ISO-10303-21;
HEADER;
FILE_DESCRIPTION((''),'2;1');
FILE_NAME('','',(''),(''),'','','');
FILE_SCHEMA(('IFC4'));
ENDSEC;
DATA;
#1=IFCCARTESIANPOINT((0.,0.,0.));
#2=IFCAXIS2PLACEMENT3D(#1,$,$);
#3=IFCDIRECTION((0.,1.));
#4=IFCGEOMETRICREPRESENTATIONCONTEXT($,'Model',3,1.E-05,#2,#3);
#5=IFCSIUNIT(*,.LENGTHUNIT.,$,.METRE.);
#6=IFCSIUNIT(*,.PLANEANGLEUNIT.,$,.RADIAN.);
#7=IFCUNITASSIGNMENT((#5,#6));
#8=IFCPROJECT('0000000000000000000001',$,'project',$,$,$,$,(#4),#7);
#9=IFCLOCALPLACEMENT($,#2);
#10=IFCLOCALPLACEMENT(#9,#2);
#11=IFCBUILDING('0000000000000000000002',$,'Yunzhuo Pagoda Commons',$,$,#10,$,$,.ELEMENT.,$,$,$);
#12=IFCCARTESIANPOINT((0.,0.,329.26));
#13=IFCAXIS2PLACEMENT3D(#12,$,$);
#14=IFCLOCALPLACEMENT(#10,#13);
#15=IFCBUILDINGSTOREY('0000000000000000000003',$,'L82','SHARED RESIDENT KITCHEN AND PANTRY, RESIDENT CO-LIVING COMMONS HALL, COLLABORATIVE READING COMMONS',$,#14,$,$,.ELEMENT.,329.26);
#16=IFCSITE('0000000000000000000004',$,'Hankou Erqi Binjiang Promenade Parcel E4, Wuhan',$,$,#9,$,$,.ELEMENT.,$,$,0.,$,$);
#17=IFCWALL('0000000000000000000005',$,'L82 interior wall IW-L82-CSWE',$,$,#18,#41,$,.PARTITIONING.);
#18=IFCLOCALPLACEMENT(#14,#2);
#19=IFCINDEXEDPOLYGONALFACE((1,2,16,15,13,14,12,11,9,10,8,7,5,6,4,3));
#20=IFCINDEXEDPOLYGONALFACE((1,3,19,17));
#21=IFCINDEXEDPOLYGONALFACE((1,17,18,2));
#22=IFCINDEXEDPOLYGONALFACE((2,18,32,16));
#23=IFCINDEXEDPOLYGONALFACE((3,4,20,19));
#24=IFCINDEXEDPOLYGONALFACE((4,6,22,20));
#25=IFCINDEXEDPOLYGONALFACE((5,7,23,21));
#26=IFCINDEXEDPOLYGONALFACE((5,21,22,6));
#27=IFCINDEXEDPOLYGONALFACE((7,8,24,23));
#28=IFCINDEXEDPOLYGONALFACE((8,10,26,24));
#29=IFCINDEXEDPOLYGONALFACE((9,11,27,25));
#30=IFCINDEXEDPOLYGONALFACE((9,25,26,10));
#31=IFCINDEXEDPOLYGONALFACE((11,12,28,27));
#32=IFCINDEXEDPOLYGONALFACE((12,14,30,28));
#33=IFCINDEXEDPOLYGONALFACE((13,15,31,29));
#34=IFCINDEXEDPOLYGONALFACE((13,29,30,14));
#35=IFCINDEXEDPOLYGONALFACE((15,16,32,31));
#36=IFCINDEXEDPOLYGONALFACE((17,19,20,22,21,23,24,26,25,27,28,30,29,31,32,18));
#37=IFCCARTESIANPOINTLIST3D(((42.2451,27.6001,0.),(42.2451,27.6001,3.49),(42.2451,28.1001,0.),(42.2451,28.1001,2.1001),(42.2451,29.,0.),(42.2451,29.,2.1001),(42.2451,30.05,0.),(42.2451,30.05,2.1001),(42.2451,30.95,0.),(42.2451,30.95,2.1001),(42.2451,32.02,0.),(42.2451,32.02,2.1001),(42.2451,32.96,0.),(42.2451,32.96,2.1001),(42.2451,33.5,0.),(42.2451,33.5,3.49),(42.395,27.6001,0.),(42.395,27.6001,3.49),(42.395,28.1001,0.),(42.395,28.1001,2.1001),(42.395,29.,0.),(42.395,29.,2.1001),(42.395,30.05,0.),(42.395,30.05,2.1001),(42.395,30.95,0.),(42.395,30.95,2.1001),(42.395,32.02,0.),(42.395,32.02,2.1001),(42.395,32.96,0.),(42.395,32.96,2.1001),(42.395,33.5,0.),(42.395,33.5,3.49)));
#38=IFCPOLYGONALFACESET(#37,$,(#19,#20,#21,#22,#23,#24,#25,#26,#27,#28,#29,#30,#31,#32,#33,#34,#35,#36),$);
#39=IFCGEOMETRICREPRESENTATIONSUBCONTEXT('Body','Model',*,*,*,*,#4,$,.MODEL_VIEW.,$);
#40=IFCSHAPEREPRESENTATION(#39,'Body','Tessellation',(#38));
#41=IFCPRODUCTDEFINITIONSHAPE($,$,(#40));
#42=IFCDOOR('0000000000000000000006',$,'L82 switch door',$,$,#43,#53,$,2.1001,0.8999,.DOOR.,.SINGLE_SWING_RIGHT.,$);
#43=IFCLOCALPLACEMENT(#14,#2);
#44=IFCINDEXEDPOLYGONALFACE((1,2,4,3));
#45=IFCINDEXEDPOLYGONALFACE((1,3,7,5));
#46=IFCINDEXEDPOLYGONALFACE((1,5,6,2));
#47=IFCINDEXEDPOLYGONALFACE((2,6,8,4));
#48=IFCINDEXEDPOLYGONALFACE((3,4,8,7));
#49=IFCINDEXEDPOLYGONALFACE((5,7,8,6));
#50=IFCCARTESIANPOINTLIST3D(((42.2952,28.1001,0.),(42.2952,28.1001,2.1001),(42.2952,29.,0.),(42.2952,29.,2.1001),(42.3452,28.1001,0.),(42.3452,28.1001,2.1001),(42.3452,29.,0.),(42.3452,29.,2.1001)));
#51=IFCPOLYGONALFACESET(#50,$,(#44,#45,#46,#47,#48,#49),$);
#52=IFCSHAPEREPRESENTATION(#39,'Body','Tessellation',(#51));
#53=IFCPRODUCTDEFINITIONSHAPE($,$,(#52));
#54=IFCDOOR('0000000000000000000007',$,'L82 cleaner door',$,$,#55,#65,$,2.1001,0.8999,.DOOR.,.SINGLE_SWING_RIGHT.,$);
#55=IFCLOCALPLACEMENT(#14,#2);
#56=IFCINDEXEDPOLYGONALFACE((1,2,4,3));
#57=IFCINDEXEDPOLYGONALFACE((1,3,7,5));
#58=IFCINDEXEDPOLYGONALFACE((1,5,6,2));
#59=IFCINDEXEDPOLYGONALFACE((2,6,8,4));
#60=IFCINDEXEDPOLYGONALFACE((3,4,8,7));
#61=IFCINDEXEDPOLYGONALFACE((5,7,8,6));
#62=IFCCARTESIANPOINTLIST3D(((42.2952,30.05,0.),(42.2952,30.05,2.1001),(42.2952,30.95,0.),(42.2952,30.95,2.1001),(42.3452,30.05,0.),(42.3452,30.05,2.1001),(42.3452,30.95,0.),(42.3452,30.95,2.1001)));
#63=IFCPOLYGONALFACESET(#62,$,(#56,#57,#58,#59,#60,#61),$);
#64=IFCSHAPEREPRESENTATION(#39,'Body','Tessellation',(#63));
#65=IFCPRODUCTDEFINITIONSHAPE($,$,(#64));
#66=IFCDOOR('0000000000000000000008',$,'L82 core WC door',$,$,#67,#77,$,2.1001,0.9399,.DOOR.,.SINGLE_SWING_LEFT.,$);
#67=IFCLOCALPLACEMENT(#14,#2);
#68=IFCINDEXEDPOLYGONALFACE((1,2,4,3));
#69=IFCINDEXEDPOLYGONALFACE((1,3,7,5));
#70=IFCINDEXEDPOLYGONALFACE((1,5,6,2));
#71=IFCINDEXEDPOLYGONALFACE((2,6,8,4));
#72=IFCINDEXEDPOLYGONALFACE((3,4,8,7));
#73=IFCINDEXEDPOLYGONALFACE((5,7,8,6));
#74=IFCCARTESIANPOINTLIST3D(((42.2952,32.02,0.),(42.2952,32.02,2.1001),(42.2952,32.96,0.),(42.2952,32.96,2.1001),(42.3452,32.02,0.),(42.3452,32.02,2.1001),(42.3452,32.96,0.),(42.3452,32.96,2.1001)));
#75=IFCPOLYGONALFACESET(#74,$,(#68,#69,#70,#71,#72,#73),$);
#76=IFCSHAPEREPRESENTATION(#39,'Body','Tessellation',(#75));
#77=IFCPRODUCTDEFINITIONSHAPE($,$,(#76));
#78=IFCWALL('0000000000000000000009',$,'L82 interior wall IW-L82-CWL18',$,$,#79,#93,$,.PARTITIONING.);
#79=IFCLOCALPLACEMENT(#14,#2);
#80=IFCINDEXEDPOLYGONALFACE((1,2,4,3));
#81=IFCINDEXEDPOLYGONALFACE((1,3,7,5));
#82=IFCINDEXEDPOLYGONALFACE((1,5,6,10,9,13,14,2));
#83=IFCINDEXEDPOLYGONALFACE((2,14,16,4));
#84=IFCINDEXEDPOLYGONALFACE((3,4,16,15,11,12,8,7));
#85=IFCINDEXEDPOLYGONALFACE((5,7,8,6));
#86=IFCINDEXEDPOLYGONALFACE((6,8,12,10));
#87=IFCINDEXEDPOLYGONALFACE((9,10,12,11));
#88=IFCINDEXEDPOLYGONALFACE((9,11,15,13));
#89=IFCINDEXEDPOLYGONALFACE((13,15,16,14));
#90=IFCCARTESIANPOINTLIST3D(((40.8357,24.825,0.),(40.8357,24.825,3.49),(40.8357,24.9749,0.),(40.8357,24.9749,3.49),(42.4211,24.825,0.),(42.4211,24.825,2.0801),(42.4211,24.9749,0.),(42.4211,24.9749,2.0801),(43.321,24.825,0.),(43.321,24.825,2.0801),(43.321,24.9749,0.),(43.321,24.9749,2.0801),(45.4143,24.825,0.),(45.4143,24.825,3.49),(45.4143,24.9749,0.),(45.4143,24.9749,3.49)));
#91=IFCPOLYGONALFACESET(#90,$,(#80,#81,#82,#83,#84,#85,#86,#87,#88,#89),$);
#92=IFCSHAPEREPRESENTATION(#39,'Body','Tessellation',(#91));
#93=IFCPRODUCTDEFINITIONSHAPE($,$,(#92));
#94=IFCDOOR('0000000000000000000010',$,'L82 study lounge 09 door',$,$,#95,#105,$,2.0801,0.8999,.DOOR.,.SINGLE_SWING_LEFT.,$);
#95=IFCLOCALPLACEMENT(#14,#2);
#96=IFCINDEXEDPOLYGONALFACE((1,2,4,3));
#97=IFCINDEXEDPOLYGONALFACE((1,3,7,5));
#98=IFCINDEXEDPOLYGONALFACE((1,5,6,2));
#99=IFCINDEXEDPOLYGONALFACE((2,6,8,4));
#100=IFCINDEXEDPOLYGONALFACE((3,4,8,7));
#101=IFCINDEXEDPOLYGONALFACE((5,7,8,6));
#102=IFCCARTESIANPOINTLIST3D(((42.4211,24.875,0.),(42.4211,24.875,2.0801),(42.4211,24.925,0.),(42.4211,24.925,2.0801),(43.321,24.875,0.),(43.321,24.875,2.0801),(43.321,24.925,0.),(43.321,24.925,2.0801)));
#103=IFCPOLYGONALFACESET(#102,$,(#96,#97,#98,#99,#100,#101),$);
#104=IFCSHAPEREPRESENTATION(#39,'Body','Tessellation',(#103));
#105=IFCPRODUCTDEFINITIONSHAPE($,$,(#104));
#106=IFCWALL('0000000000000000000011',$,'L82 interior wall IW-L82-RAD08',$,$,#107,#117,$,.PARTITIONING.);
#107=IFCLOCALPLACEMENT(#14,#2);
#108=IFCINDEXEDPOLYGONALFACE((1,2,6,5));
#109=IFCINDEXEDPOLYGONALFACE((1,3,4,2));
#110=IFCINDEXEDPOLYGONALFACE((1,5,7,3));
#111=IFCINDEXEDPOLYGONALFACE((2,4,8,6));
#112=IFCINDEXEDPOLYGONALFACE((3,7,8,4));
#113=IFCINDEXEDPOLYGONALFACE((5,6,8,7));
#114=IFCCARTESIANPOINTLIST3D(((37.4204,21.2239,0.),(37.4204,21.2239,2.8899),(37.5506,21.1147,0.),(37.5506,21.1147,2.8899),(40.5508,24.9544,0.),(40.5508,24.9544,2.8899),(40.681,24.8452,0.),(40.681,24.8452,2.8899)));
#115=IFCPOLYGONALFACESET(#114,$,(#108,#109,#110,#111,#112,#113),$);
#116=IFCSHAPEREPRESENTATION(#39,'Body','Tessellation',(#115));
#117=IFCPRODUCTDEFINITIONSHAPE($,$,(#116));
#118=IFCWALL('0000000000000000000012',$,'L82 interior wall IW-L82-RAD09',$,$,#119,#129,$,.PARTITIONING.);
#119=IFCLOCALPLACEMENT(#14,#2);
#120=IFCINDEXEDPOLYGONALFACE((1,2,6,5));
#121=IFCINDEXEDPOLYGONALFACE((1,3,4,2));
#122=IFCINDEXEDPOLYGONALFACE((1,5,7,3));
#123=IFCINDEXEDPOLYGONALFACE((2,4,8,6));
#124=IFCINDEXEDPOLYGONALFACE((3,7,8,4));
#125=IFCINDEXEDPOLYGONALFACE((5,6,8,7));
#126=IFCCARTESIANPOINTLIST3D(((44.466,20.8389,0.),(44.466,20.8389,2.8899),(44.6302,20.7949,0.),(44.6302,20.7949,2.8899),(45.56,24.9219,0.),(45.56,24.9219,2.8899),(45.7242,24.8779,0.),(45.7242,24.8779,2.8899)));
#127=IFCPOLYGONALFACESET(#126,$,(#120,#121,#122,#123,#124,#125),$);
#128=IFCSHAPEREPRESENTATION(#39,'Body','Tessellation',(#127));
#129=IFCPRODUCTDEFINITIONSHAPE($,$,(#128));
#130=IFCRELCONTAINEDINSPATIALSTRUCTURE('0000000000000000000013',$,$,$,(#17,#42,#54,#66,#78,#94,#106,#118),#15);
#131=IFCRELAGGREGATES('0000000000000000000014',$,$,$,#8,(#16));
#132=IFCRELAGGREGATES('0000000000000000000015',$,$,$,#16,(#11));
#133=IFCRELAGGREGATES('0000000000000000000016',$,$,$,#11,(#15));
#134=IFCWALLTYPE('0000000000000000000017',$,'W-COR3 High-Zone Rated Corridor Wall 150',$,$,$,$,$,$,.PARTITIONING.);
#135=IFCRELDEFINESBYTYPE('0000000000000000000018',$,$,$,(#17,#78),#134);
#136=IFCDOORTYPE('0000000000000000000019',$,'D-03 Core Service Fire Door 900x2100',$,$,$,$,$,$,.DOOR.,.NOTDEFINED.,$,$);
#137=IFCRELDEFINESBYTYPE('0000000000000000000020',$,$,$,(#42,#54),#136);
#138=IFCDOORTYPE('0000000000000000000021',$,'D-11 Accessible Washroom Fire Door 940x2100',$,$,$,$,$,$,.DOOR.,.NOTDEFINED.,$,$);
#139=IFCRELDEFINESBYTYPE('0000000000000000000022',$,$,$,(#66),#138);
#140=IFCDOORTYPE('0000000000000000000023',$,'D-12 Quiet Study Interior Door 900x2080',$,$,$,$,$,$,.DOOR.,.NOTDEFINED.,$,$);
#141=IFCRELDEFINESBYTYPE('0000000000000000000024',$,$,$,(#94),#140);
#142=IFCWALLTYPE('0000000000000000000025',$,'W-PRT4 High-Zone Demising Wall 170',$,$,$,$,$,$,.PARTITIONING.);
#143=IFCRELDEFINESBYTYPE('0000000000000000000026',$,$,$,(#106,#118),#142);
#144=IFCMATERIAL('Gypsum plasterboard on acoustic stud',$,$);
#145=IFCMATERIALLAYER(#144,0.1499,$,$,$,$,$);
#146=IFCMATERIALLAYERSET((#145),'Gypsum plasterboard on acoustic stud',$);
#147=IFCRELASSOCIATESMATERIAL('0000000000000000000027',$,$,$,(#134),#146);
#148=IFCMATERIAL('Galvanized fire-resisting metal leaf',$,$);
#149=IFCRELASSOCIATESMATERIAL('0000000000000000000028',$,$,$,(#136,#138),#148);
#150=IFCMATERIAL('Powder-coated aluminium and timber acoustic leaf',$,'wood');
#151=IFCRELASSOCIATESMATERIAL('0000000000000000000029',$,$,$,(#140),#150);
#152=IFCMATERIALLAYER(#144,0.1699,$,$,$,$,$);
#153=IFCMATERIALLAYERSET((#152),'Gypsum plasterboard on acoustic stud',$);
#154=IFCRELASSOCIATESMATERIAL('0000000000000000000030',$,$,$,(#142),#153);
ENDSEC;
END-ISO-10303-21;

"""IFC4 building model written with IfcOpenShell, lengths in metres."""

from ifc_helpers import new_model, si_unit, direction, frame, frame_2d, origin, origin_with_axes, place, context, subcontext, project, spatial, rectangle, extrude, source, transform, mapped, material, layer, layer_set, type_object, element, fill, save


model = new_model("IFC4")

# Units and contexts
model_context = context("Model", 3, precision=1e-05, world=origin(), true_north=direction((0.0, 1.0)))
body_context = subcontext(model_context, "Body", "Model", "MODEL_VIEW")
ifc_project = project(units=[si_unit("LENGTHUNIT", "METRE"), si_unit("PLANEANGLEUNIT", "RADIAN")], contexts=[model_context])

# Site, building, storey
site_placement = place(None, origin())
site = spatial("IfcSite", under=ifc_project, at=site_placement, Name="Hankou Erqi Binjiang Promenade Parcel E4, Wuhan", CompositionType="ELEMENT", RefElevation=0.0)
building_placement = place(site_placement, origin())
building = spatial("IfcBuilding", under=site, at=building_placement, Name="Yunzhuo Pagoda Commons", CompositionType="ELEMENT")
storey_placement = place(building_placement, frame((0.0, 0.0, 329.26)))
storey = spatial("IfcBuildingStorey", under=building, at=storey_placement, Name="L82", Description="SHARED RESIDENT KITCHEN AND PANTRY, RESIDENT CO-LIVING COMMONS HALL, COLLABORATIVE READING COMMONS", CompositionType="ELEMENT", Elevation=329.26)

# Wall, openings, doors
ifc_material_1 = material(Name="Gypsum plasterboard on acoustic stud")
ifc_layer_1 = layer(ifc_material_1, 0.1499)
ifc_layer_set_1 = layer_set([ifc_layer_1], Name="Gypsum plasterboard on acoustic stud")
wall_type_1 = type_object("IfcWallType", Name="W-COR3 High-Zone Rated Corridor Wall 150", PredefinedType="PARTITIONING", material=ifc_layer_set_1)
wall_1_placement = place(storey_placement, frame((42.3201, 27.6001, 0.0), z_axis=(0.0, 0.0, 1.0), x_axis=(0.0, 1.0, 0.0)))
wall_1 = element("IfcWall", 1, at=wall_1_placement, inside=storey, type_object=wall_type_1, Name="L82 interior wall IW-L82-CSWE", PredefinedType="PARTITIONING", context=body_context, shape_type="SweptSolid", body=[
    extrude(rectangle(XDim=5.8999, YDim=0.1499, at=frame_2d((2.95, 0.0))), origin(), (0.0, 0.0, 1.0), 3.49),
])
opening_1_placement = place(wall_1_placement, frame((0.5, 0.0, 0.0)))
opening_1 = element("IfcOpeningElement", 2, at=opening_1_placement, cuts=wall_1, PredefinedType="OPENING", context=body_context, shape_type="SweptSolid", body=[
    extrude(rectangle(XDim=0.8999, YDim=2.1001, at=frame_2d((0.45, 1.05))), frame((0.0, 0.085, 0.0), z_axis=(0.0, -1.0, 0.0), x_axis=(1.0, 0.0, 0.0)), (0.0, 0.0, 1.0), 0.1699),
])
opening_2_placement = place(wall_1_placement, frame((2.45, 0.0, 0.0)))
opening_2 = element("IfcOpeningElement", 3, at=opening_2_placement, cuts=wall_1, PredefinedType="OPENING", context=body_context, shape_type="SweptSolid", body=[
    extrude(rectangle(XDim=0.8999, YDim=2.1001, at=frame_2d((0.45, 1.05))), frame((0.0, 0.085, 0.0), z_axis=(0.0, -1.0, 0.0), x_axis=(1.0, 0.0, 0.0)), (0.0, 0.0, 1.0), 0.1699),
])
opening_3_placement = place(wall_1_placement, frame((4.4199, 0.0, 0.0)))
opening_3 = element("IfcOpeningElement", 4, at=opening_3_placement, cuts=wall_1, PredefinedType="OPENING", context=body_context, shape_type="SweptSolid", body=[
    extrude(rectangle(XDim=0.9399, YDim=2.1001, at=frame_2d((0.47, 1.05))), frame((0.0, 0.085, 0.0), z_axis=(0.0, -1.0, 0.0), x_axis=(1.0, 0.0, 0.0)), (0.0, 0.0, 1.0), 0.1699),
])
ifc_material_2 = material(Name="Galvanized fire-resisting metal leaf")
door_type_1 = type_object("IfcDoorType", Name="D-03 Core Service Fire Door 900x2100", OperationType="NOTDEFINED", PredefinedType="DOOR", material=ifc_material_2)
shared_shape_1 = source(origin(), body_context, "Body", "SweptSolid", [
    extrude(rectangle(XDim=0.8999, YDim=2.1001, at=frame_2d((0.45, 1.05))), frame((0.0, 0.0249, 0.0), z_axis=(0.0, -1.0, 0.0), x_axis=(1.0, 0.0, 0.0)), (0.0, 0.0, 1.0), 0.05),
])
door_1_placement = place(opening_1_placement, origin_with_axes())
door_1 = element("IfcDoor", 5, at=door_1_placement, inside=storey, type_object=door_type_1, Name="L82 switch door", OperationType="SINGLE_SWING_RIGHT", OverallHeight=2.1001, OverallWidth=0.8999, PredefinedType="DOOR", context=body_context, shape_type="MappedRepresentation", body=[
    mapped(shared_shape_1, transform((0.0, 0.0, 0.0), scale=1.0)),
])
fill(opening_1, door_1)
door_2_placement = place(opening_2_placement, origin_with_axes())
door_2 = element("IfcDoor", 6, at=door_2_placement, inside=storey, type_object=door_type_1, Name="L82 cleaner door", OperationType="SINGLE_SWING_RIGHT", OverallHeight=2.1001, OverallWidth=0.8999, PredefinedType="DOOR", context=body_context, shape_type="MappedRepresentation", body=[
    mapped(shared_shape_1, transform((0.0, 0.0, 0.0), scale=1.0)),
])
fill(opening_2, door_2)
door_type_2 = type_object("IfcDoorType", Name="D-11 Accessible Washroom Fire Door 940x2100", OperationType="NOTDEFINED", PredefinedType="DOOR", material=ifc_material_2)
shared_shape_2 = source(origin(), body_context, "Body", "SweptSolid", [
    extrude(rectangle(XDim=0.9399, YDim=2.1001, at=frame_2d((0.47, 1.05))), frame((0.0, 0.0249, 0.0), z_axis=(0.0, -1.0, 0.0), x_axis=(1.0, 0.0, 0.0)), (0.0, 0.0, 1.0), 0.05),
])
door_3_placement = place(opening_3_placement, origin_with_axes())
door_3 = element("IfcDoor", 7, at=door_3_placement, inside=storey, type_object=door_type_2, Name="L82 core WC door", OperationType="SINGLE_SWING_LEFT", OverallHeight=2.1001, OverallWidth=0.9399, PredefinedType="DOOR", context=body_context, shape_type="MappedRepresentation", body=[
    mapped(shared_shape_2, transform((0.0, 0.0, 0.0), scale=1.0)),
])
fill(opening_3, door_3)

# Wall, opening, door
wall_2_placement = place(storey_placement, frame((45.4143, 24.8999, 0.0), z_axis=(0.0, 0.0, 1.0), x_axis=(-1.0, 0.0, 0.0)))
wall_2 = element("IfcWall", 8, at=wall_2_placement, inside=storey, type_object=wall_type_1, Name="L82 interior wall IW-L82-CWL18", PredefinedType="PARTITIONING", context=body_context, shape_type="SweptSolid", body=[
    extrude(rectangle(XDim=4.5786, YDim=0.1499, at=frame_2d((2.2893, 0.0))), origin(), (0.0, 0.0, 1.0), 3.49),
])
opening_4_placement = place(wall_2_placement, frame((2.0933, 0.0, 0.0)))
opening_4 = element("IfcOpeningElement", 9, at=opening_4_placement, cuts=wall_2, PredefinedType="OPENING", context=body_context, shape_type="SweptSolid", body=[
    extrude(rectangle(XDim=0.8999, YDim=2.0801, at=frame_2d((0.45, 1.04))), frame((0.0, 0.085, 0.0), z_axis=(0.0, -1.0, 0.0), x_axis=(1.0, 0.0, 0.0)), (0.0, 0.0, 1.0), 0.1699),
])
ifc_material_3 = material(Name="Powder-coated aluminium and timber acoustic leaf", Category="wood")
door_type_3 = type_object("IfcDoorType", Name="D-12 Quiet Study Interior Door 900x2080", OperationType="NOTDEFINED", PredefinedType="DOOR", material=ifc_material_3)
shared_shape_3 = source(origin(), body_context, "Body", "SweptSolid", [
    extrude(rectangle(XDim=0.8999, YDim=2.0801, at=frame_2d((0.45, 1.04))), frame((0.0, 0.0249, 0.0), z_axis=(0.0, -1.0, 0.0), x_axis=(1.0, 0.0, 0.0)), (0.0, 0.0, 1.0), 0.05),
])
door_4_placement = place(opening_4_placement, origin_with_axes())
door_4 = element("IfcDoor", 10, at=door_4_placement, inside=storey, type_object=door_type_3, Name="L82 study lounge 09 door", OperationType="SINGLE_SWING_LEFT", OverallHeight=2.0801, OverallWidth=0.8999, PredefinedType="DOOR", context=body_context, shape_type="MappedRepresentation", body=[
    mapped(shared_shape_3, transform((0.0, 0.0, 0.0), scale=1.0)),
])
fill(opening_4, door_4)

# Walls
ifc_layer_2 = layer(ifc_material_1, 0.1699)
ifc_layer_set_2 = layer_set([ifc_layer_2], Name="Gypsum plasterboard on acoustic stud")
wall_type_2 = type_object("IfcWallType", Name="W-PRT4 High-Zone Demising Wall 170", PredefinedType="PARTITIONING", material=ifc_layer_set_2)
wall_3_placement = place(storey_placement, frame((40.616, 24.8999, 0.0), z_axis=(0.0, 0.0, 1.0), x_axis=(-0.642804, -0.766031, 0.0)))
element("IfcWall", 11, at=wall_3_placement, inside=storey, type_object=wall_type_2, Name="L82 interior wall IW-L82-RAD08", PredefinedType="PARTITIONING", context=body_context, shape_type="SweptSolid", body=[
    extrude(rectangle(XDim=4.8699, YDim=0.1699, at=frame_2d((2.4351, 0.0))), origin(), (0.0, 0.0, 1.0), 2.8899),
])
wall_4_placement = place(storey_placement, frame((45.6421, 24.8999, 0.0), z_axis=(0.0, 0.0, 1.0), x_axis=(-0.258809, -0.965928, 0.0)))
element("IfcWall", 12, at=wall_4_placement, inside=storey, type_object=wall_type_2, Name="L82 interior wall IW-L82-RAD09", PredefinedType="PARTITIONING", context=body_context, shape_type="SweptSolid", body=[
    extrude(rectangle(XDim=4.2271, YDim=0.1699, at=frame_2d((2.1135, 0.0))), origin(), (0.0, 0.0, 1.0), 2.8899),
])

save(model, "model.ifc")
